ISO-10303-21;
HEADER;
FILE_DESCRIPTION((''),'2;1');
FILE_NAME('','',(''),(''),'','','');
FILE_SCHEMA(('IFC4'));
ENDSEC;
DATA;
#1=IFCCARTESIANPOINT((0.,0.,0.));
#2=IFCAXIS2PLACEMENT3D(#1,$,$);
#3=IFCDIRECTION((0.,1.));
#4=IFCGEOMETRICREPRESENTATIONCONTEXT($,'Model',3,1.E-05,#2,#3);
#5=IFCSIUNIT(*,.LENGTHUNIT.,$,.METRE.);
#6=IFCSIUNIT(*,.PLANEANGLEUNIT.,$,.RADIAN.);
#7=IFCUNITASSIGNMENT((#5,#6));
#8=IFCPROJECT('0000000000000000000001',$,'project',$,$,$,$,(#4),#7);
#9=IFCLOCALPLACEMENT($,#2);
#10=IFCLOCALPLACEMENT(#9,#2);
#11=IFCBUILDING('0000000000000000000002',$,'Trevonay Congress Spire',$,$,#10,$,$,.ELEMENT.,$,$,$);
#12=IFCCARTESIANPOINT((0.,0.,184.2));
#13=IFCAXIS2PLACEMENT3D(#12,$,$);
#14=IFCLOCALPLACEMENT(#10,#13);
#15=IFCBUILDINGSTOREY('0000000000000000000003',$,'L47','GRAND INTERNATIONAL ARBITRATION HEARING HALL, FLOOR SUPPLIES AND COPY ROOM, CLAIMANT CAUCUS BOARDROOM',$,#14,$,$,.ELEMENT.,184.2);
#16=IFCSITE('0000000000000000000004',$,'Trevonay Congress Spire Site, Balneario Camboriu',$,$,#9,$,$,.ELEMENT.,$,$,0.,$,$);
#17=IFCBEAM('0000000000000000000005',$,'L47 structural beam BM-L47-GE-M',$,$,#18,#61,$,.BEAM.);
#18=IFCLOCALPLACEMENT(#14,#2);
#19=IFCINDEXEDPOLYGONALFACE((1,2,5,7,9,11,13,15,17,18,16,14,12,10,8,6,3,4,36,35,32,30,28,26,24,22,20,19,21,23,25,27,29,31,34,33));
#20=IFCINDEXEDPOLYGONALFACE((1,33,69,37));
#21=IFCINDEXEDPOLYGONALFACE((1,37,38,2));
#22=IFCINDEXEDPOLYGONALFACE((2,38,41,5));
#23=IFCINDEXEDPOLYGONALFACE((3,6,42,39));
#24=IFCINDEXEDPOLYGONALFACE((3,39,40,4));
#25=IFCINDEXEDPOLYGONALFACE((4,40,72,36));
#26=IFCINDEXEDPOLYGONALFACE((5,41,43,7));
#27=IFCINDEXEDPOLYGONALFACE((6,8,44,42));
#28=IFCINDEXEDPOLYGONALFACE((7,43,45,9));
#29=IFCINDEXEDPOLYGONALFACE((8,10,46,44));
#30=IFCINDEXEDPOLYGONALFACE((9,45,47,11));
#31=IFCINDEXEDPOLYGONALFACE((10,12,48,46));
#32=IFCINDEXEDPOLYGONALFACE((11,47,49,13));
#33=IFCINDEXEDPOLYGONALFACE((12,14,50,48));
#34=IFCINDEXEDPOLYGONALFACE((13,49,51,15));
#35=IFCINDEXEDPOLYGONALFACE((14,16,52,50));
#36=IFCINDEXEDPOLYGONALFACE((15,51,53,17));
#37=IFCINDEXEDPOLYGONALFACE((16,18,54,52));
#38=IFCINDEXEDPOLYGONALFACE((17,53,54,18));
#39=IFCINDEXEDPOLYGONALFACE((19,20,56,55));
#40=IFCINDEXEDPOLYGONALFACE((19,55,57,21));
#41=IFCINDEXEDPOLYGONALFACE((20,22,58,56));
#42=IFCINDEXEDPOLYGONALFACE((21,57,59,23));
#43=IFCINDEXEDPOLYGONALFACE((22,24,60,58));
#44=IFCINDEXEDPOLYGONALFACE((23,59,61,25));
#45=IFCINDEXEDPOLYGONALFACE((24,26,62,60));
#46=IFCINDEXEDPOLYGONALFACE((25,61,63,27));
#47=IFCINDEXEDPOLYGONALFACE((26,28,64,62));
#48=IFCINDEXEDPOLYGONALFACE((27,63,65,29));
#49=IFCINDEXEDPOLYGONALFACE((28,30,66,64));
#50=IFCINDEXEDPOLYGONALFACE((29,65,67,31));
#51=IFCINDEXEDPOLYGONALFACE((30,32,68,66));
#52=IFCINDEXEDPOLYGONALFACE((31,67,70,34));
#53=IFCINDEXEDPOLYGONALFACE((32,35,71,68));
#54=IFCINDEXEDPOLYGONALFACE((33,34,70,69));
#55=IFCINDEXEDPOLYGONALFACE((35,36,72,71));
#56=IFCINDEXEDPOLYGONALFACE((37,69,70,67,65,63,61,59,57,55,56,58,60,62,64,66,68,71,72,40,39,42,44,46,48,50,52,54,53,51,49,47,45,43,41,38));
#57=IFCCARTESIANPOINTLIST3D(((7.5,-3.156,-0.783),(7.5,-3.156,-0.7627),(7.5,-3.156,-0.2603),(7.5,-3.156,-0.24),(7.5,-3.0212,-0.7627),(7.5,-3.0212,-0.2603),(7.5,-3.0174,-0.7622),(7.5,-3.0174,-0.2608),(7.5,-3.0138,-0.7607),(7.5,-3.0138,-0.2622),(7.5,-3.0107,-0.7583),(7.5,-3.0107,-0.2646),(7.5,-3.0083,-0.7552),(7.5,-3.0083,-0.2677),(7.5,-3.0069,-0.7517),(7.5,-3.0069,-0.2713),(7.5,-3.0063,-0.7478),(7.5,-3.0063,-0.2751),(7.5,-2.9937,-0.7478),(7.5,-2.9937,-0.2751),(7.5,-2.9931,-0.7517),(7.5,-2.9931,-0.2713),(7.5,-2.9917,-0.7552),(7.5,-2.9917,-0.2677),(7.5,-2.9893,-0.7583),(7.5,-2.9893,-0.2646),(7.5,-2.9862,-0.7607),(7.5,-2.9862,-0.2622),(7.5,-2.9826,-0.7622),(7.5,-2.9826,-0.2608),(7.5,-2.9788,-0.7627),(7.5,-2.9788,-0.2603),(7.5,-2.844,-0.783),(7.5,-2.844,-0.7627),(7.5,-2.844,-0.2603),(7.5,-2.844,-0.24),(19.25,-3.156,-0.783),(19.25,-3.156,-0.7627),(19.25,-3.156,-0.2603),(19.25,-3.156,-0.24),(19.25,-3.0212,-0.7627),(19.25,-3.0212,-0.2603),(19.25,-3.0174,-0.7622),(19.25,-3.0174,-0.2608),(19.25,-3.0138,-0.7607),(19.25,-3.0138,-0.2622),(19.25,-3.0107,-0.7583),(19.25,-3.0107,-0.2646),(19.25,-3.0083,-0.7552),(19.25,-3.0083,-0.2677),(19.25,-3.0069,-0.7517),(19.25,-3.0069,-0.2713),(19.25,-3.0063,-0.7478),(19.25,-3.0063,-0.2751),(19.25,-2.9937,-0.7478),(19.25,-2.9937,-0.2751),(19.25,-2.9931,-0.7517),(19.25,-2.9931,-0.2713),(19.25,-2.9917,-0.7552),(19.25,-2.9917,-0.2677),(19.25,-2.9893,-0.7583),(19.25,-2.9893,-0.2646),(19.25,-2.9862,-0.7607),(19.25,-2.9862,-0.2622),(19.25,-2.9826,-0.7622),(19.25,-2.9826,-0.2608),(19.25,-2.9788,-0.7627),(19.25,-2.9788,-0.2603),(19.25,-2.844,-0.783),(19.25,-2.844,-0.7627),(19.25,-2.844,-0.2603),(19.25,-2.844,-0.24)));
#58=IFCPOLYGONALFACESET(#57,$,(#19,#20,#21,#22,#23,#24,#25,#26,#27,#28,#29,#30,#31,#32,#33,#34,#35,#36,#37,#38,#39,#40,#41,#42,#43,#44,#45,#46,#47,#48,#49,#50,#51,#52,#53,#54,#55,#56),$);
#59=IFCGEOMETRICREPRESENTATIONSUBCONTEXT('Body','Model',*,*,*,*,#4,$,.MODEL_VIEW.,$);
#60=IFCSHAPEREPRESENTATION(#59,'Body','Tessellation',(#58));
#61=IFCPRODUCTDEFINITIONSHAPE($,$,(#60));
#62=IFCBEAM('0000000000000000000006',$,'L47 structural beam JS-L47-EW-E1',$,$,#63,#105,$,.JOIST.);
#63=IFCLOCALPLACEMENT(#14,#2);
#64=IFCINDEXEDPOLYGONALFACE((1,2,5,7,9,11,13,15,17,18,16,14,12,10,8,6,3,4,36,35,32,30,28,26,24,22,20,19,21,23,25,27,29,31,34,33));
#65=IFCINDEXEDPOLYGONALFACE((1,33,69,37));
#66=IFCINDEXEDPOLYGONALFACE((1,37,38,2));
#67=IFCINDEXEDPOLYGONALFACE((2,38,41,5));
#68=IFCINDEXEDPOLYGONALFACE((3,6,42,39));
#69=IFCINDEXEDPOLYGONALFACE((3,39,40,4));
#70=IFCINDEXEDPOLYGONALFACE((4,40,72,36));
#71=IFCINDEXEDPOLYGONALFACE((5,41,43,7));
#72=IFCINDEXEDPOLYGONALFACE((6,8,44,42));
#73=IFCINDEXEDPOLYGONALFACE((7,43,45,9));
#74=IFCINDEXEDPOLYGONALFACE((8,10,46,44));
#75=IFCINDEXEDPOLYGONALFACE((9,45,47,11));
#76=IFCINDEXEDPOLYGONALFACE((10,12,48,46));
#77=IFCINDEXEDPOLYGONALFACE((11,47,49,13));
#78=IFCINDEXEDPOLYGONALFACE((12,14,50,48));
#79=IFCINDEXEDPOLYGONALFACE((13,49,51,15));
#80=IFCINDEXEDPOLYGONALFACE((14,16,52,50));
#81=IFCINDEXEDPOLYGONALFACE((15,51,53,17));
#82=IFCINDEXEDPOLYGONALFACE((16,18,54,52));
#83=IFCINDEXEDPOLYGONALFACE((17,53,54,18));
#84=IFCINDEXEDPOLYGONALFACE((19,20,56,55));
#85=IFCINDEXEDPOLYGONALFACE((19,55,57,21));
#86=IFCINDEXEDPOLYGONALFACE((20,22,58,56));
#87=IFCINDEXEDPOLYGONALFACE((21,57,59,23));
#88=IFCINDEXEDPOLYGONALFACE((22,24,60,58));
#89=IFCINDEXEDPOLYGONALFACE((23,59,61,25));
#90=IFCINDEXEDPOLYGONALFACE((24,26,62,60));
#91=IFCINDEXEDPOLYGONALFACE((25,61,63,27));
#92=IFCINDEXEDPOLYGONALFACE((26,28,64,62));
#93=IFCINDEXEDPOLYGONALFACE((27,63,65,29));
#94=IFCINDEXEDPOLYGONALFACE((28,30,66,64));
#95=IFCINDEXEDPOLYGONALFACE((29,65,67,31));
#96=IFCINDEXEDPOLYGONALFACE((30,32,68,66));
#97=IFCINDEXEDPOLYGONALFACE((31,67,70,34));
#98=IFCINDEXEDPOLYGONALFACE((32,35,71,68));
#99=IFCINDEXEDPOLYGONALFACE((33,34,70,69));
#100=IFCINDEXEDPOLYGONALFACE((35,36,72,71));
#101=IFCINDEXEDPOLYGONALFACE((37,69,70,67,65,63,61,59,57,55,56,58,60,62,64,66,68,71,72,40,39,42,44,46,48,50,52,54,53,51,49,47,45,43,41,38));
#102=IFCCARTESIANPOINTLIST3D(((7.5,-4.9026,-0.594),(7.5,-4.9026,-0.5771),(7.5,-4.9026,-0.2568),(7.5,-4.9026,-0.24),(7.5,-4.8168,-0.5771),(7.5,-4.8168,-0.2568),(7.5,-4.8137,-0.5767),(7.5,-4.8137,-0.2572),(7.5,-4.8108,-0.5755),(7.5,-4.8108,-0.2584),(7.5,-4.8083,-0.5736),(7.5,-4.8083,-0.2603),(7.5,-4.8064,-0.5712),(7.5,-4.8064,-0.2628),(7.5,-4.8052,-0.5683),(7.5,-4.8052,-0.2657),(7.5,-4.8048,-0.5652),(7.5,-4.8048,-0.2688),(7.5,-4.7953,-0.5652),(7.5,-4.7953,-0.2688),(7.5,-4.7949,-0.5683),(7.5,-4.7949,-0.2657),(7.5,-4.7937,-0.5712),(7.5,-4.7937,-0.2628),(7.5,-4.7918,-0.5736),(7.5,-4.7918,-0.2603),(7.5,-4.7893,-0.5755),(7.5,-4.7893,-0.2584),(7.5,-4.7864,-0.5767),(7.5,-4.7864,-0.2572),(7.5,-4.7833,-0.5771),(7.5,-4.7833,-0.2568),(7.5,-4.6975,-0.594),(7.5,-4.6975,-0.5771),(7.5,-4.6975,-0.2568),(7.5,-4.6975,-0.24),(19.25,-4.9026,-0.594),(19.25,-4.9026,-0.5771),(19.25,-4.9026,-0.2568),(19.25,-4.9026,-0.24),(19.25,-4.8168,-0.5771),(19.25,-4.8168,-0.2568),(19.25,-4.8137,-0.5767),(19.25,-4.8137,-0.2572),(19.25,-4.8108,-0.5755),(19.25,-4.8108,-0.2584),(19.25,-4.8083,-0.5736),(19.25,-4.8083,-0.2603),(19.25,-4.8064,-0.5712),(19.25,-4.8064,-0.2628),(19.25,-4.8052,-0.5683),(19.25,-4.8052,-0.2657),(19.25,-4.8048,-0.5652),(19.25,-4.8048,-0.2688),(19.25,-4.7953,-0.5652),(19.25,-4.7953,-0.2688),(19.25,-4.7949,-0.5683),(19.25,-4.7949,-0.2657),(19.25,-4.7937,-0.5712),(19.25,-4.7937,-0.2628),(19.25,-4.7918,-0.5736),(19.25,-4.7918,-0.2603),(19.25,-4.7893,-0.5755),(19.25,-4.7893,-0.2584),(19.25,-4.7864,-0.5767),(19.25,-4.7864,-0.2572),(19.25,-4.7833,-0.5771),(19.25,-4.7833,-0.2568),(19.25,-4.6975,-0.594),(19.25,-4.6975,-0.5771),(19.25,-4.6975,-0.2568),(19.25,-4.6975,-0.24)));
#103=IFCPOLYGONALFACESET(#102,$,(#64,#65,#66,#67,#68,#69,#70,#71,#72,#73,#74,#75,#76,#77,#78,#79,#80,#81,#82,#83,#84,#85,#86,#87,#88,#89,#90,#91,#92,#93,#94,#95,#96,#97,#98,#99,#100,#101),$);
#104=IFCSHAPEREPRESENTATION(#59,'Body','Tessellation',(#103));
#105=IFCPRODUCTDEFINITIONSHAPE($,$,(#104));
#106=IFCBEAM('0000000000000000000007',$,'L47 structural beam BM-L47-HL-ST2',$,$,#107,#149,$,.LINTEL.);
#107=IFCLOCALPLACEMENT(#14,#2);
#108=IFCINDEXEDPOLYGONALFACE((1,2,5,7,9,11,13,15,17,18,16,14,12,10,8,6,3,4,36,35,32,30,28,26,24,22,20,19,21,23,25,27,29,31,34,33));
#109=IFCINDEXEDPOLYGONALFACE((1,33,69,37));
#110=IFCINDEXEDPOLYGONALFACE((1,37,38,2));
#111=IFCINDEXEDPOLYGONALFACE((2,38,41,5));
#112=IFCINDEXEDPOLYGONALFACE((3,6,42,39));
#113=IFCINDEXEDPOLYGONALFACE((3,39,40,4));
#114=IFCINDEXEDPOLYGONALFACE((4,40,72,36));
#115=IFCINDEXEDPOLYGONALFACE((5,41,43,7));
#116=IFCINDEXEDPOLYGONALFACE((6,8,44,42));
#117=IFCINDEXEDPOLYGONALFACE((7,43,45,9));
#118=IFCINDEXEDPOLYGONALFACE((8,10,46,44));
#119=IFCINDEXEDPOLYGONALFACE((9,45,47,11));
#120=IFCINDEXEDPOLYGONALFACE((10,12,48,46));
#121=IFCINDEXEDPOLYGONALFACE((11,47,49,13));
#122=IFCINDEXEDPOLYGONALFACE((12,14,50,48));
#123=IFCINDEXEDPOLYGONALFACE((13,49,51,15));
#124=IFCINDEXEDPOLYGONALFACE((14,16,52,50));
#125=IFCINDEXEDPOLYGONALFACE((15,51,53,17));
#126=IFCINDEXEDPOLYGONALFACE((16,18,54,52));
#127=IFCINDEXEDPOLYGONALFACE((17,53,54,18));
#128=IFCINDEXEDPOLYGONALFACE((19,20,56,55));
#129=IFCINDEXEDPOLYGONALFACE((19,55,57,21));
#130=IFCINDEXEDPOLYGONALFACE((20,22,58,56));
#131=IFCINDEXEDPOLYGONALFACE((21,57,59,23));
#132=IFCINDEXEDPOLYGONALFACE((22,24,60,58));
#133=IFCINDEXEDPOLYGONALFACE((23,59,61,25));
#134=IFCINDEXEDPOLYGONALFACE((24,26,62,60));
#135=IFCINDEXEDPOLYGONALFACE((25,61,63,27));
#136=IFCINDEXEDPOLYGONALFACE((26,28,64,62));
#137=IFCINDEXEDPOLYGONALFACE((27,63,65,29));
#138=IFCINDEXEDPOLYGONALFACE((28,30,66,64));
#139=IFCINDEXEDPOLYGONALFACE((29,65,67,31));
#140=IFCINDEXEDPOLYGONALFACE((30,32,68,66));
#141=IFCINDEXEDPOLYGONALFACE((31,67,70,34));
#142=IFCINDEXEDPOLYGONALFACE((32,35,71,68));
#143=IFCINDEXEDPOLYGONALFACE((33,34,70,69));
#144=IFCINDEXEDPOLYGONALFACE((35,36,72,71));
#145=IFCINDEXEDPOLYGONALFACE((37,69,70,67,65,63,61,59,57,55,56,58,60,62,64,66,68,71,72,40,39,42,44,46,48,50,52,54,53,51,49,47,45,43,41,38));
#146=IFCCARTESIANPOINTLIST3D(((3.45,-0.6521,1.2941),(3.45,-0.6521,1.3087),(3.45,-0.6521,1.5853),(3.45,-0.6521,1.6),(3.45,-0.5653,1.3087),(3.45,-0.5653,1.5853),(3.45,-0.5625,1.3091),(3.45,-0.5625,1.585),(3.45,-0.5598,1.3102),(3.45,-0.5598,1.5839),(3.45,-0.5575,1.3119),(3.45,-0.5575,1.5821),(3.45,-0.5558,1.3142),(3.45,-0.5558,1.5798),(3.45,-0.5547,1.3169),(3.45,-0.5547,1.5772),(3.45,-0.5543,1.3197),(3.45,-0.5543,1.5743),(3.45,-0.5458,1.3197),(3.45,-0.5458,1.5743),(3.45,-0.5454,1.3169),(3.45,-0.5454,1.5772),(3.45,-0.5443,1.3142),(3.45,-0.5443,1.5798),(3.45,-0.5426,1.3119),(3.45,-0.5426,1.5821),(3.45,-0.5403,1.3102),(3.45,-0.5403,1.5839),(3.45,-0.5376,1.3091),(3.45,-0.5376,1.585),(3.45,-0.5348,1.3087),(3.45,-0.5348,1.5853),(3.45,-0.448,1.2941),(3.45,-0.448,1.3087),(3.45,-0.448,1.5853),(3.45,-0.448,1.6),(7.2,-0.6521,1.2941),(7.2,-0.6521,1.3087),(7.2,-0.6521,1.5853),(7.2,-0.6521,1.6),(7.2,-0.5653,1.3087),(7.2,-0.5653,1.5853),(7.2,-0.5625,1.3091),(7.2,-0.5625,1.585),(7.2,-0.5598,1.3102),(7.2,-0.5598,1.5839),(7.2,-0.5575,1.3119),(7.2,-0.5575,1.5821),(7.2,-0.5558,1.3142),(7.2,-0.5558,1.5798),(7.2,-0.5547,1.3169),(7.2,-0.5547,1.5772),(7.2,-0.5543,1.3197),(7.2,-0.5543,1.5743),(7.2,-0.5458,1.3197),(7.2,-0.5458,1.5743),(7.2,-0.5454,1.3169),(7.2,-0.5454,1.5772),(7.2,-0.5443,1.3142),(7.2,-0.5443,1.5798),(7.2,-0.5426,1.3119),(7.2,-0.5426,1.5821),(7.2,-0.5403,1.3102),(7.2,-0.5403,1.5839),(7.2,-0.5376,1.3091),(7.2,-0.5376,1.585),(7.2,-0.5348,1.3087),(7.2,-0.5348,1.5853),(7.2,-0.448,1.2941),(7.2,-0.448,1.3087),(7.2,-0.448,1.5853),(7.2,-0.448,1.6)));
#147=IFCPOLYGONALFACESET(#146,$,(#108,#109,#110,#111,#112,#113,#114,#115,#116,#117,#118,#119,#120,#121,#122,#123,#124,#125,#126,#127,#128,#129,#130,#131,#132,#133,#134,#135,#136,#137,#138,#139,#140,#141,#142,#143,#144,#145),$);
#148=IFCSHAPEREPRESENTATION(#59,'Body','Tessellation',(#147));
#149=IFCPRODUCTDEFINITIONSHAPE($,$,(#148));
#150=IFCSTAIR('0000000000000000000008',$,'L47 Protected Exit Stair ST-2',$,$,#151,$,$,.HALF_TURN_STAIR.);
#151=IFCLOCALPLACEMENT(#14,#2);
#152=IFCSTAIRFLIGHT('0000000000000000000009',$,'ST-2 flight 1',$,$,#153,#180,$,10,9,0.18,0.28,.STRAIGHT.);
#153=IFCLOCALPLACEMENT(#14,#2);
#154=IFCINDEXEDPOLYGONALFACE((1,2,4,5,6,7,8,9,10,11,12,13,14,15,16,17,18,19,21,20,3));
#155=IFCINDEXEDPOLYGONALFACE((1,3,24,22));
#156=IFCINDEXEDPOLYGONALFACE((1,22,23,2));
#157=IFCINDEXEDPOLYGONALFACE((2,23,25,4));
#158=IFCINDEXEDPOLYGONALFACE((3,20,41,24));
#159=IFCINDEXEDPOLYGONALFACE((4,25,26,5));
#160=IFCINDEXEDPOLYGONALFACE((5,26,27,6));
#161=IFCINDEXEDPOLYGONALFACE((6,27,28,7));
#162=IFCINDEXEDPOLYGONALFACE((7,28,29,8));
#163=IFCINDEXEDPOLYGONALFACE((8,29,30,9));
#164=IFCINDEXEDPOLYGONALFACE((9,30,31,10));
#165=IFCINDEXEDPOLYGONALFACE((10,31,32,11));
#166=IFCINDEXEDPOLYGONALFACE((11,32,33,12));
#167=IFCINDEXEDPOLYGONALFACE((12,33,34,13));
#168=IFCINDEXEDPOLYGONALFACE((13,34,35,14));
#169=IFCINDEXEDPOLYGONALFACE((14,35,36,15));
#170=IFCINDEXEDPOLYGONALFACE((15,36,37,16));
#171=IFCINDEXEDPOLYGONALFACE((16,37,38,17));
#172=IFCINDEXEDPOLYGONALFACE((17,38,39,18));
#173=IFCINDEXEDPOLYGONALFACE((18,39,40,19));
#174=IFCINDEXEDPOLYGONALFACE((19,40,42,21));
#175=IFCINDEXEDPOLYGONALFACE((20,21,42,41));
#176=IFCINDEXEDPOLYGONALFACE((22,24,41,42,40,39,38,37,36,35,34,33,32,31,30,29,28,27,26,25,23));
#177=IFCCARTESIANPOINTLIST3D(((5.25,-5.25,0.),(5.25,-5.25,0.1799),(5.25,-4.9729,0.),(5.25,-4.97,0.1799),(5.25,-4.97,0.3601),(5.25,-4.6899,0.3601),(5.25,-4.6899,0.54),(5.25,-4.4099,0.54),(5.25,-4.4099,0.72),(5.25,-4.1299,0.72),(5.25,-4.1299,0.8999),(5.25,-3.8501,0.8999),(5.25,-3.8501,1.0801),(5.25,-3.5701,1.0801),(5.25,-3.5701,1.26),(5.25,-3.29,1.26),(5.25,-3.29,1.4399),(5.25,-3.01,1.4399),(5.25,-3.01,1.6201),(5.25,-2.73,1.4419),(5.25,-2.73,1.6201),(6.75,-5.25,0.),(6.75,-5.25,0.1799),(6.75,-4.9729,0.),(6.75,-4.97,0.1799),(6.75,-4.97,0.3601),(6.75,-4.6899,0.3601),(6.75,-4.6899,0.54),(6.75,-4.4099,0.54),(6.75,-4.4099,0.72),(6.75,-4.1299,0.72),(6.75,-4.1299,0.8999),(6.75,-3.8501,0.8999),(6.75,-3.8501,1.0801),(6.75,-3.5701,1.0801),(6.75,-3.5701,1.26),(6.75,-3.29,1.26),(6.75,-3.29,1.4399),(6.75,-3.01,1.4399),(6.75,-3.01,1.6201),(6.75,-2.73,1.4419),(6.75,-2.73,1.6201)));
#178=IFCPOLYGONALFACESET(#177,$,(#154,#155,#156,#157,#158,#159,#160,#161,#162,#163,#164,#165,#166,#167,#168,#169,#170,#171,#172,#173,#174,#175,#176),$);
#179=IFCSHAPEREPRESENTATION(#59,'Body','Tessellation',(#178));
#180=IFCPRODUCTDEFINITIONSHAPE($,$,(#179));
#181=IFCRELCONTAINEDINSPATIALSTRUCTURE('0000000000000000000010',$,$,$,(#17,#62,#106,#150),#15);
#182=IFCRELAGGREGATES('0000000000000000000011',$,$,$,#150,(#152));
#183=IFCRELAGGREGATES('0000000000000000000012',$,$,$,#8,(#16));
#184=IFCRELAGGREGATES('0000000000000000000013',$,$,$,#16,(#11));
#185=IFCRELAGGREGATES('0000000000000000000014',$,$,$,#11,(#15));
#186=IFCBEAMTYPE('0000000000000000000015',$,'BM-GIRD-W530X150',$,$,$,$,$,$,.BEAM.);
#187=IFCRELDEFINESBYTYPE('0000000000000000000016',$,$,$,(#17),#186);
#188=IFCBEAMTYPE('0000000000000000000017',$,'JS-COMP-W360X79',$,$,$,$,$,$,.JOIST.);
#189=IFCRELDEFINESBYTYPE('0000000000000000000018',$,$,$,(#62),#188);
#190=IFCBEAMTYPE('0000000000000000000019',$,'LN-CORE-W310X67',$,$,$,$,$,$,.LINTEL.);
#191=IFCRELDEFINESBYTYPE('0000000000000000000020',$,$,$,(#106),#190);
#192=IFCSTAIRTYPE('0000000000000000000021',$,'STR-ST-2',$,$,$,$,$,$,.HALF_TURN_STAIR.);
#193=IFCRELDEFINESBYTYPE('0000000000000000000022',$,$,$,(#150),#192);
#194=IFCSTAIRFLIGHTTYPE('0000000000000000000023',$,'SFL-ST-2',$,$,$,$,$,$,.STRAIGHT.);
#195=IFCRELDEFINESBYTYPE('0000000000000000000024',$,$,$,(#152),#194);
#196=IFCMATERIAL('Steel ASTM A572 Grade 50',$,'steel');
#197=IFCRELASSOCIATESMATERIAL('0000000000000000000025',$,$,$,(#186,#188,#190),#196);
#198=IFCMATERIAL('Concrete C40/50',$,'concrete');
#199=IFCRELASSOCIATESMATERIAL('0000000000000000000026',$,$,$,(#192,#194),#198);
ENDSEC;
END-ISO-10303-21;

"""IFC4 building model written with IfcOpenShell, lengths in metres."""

from ifc_helpers import new_model, si_unit, direction, frame, origin, origin_2d, place, context, subcontext, project, spatial, polyline, i_section, outline, extrude, material, material_profile, profile_set, type_object, element, aggregate, save


model = new_model("IFC4")

# Units and contexts
model_context = context("Model", 3, precision=1e-05, world=origin(), true_north=direction((0.0, 1.0)))
body_context = subcontext(model_context, "Body", "Model", "MODEL_VIEW")
ifc_project = project(units=[si_unit("LENGTHUNIT", "METRE"), si_unit("PLANEANGLEUNIT", "RADIAN")], contexts=[model_context])

# Site, building, storey
site_placement = place(None, origin())
site = spatial("IfcSite", under=ifc_project, at=site_placement, Name="Trevonay Congress Spire Site, Balneario Camboriu", CompositionType="ELEMENT", RefElevation=0.0)
building_placement = place(site_placement, origin())
building = spatial("IfcBuilding", under=site, at=building_placement, Name="Trevonay Congress Spire", CompositionType="ELEMENT")
storey_placement = place(building_placement, frame((0.0, 0.0, 184.2)))
storey = spatial("IfcBuildingStorey", under=building, at=storey_placement, Name="L47", Description="GRAND INTERNATIONAL ARBITRATION HEARING HALL, FLOOR SUPPLIES AND COPY ROOM, CLAIMANT CAUCUS BOARDROOM", CompositionType="ELEMENT", Elevation=184.2)

# Beams
ifc_material_1 = material(Name="Steel ASTM A572 Grade 50", Category="steel")
ifc_material_profile_1 = material_profile(ifc_material_1, i_section(OverallWidth=0.312, OverallDepth=0.543, WebThickness=0.0127, FlangeThickness=0.0203, FilletRadius=0.0149, at=origin_2d()), Name="W530x150")
ifc_profile_set_1 = profile_set([ifc_material_profile_1], Name="Steel ASTM A572 Grade 50")
beam_type_1 = type_object("IfcBeamType", Name="BM-GIRD-W530X150", PredefinedType="BEAM", material=ifc_profile_set_1)
beam_1_placement = place(storey_placement, frame((7.5, -3.0, -0.5115), z_axis=(1.0, 0.0, 0.0), x_axis=(0.0, 1.0, 0.0)))
element("IfcBeam", 1, at=beam_1_placement, inside=storey, type_object=beam_type_1, Name="L47 structural beam BM-L47-GE-M", PredefinedType="BEAM", context=body_context, shape_type="SweptSolid", body=[
    extrude(i_section(OverallWidth=0.312, OverallDepth=0.543, WebThickness=0.0127, FlangeThickness=0.0203, FilletRadius=0.0149, at=origin_2d()), origin(), (0.0, 0.0, 1.0), 11.75),
])
ifc_material_profile_2 = material_profile(ifc_material_1, i_section(OverallWidth=0.2051, OverallDepth=0.354, WebThickness=0.0095, FlangeThickness=0.0168, FilletRadius=0.012, at=origin_2d()), Name="W360x79")
ifc_profile_set_2 = profile_set([ifc_material_profile_2], Name="Steel ASTM A572 Grade 50")
beam_type_2 = type_object("IfcBeamType", Name="JS-COMP-W360X79", PredefinedType="JOIST", material=ifc_profile_set_2)
beam_2_placement = place(storey_placement, frame((7.5, -4.8, -0.417), z_axis=(1.0, 0.0, 0.0), x_axis=(0.0, 1.0, 0.0)))
element("IfcBeam", 2, at=beam_2_placement, inside=storey, type_object=beam_type_2, Name="L47 structural beam JS-L47-EW-E1", PredefinedType="JOIST", context=body_context, shape_type="SweptSolid", body=[
    extrude(i_section(OverallWidth=0.2051, OverallDepth=0.354, WebThickness=0.0095, FlangeThickness=0.0168, FilletRadius=0.012, at=origin_2d()), origin(), (0.0, 0.0, 1.0), 11.75),
])
ifc_material_profile_3 = material_profile(ifc_material_1, i_section(OverallWidth=0.2041, OverallDepth=0.3059, WebThickness=0.0085, FlangeThickness=0.0146, FilletRadius=0.011, at=origin_2d()), Name="W310x67")
ifc_profile_set_3 = profile_set([ifc_material_profile_3], Name="Steel ASTM A572 Grade 50")
beam_type_3 = type_object("IfcBeamType", Name="LN-CORE-W310X67", PredefinedType="LINTEL", material=ifc_profile_set_3)
beam_3_placement = place(storey_placement, frame((3.45, -0.55, 1.447), z_axis=(1.0, 0.0, 0.0), x_axis=(0.0, 1.0, 0.0)))
element("IfcBeam", 3, at=beam_3_placement, inside=storey, type_object=beam_type_3, Name="L47 structural beam BM-L47-HL-ST2", PredefinedType="LINTEL", context=body_context, shape_type="SweptSolid", body=[
    extrude(i_section(OverallWidth=0.2041, OverallDepth=0.3059, WebThickness=0.0085, FlangeThickness=0.0146, FilletRadius=0.011, at=origin_2d()), origin(), (0.0, 0.0, 1.0), 3.75),
])

# Stair, stair flight
ifc_material_2 = material(Name="Concrete C40/50", Category="concrete")
stair_type = type_object("IfcStairType", Name="STR-ST-2", PredefinedType="HALF_TURN_STAIR", material=ifc_material_2)
stair_placement = place(storey_placement, origin())
stair = element("IfcStair", 4, at=stair_placement, inside=storey, type_object=stair_type, Name="L47 Protected Exit Stair ST-2", PredefinedType="HALF_TURN_STAIR")
stair_flight_type = type_object("IfcStairFlightType", Name="SFL-ST-2", PredefinedType="STRAIGHT", material=ifc_material_2)
stair_flight_1_placement = place(storey_placement, frame((6.0, -5.25, 0.0), z_axis=(0.0, 0.0, 1.0), x_axis=(0.0, 1.0, 0.0)))
stair_flight_1 = element("IfcStairFlight", 5, at=stair_flight_1_placement, type_object=stair_flight_type, Name="ST-2 flight 1", NumberOfRisers=10, NumberOfTreads=9, PredefinedType="STRAIGHT", RiserHeight=0.18, TreadLength=0.28, context=body_context, shape_type="SweptSolid", body=[
    extrude(outline(polyline([(0.0, 0.0), (0.0, 0.1799), (0.28, 0.1799), (0.28, 0.3601), (0.5601, 0.3601), (0.5601, 0.54), (0.8401, 0.54), (0.8401, 0.72), (1.1201, 0.72), (1.1201, 0.8999), (1.3999, 0.8999), (1.3999, 1.0801), (1.6799, 1.0801), (1.6799, 1.26), (1.96, 1.26), (1.96, 1.4399), (2.24, 1.4399), (2.24, 1.6201), (2.52, 1.6201), (2.52, 1.8), (2.52, 1.4419), (0.2771, 0.0), (0.0, 0.0)])), frame((0.0, 0.75, 0.0), z_axis=(0.0, -1.0, 0.0), x_axis=(1.0, 0.0, 0.0)), (0.0, 0.0, 1.0), 1.5),
])
aggregate(stair, [stair_flight_1])

save(model, "model.ifc")
